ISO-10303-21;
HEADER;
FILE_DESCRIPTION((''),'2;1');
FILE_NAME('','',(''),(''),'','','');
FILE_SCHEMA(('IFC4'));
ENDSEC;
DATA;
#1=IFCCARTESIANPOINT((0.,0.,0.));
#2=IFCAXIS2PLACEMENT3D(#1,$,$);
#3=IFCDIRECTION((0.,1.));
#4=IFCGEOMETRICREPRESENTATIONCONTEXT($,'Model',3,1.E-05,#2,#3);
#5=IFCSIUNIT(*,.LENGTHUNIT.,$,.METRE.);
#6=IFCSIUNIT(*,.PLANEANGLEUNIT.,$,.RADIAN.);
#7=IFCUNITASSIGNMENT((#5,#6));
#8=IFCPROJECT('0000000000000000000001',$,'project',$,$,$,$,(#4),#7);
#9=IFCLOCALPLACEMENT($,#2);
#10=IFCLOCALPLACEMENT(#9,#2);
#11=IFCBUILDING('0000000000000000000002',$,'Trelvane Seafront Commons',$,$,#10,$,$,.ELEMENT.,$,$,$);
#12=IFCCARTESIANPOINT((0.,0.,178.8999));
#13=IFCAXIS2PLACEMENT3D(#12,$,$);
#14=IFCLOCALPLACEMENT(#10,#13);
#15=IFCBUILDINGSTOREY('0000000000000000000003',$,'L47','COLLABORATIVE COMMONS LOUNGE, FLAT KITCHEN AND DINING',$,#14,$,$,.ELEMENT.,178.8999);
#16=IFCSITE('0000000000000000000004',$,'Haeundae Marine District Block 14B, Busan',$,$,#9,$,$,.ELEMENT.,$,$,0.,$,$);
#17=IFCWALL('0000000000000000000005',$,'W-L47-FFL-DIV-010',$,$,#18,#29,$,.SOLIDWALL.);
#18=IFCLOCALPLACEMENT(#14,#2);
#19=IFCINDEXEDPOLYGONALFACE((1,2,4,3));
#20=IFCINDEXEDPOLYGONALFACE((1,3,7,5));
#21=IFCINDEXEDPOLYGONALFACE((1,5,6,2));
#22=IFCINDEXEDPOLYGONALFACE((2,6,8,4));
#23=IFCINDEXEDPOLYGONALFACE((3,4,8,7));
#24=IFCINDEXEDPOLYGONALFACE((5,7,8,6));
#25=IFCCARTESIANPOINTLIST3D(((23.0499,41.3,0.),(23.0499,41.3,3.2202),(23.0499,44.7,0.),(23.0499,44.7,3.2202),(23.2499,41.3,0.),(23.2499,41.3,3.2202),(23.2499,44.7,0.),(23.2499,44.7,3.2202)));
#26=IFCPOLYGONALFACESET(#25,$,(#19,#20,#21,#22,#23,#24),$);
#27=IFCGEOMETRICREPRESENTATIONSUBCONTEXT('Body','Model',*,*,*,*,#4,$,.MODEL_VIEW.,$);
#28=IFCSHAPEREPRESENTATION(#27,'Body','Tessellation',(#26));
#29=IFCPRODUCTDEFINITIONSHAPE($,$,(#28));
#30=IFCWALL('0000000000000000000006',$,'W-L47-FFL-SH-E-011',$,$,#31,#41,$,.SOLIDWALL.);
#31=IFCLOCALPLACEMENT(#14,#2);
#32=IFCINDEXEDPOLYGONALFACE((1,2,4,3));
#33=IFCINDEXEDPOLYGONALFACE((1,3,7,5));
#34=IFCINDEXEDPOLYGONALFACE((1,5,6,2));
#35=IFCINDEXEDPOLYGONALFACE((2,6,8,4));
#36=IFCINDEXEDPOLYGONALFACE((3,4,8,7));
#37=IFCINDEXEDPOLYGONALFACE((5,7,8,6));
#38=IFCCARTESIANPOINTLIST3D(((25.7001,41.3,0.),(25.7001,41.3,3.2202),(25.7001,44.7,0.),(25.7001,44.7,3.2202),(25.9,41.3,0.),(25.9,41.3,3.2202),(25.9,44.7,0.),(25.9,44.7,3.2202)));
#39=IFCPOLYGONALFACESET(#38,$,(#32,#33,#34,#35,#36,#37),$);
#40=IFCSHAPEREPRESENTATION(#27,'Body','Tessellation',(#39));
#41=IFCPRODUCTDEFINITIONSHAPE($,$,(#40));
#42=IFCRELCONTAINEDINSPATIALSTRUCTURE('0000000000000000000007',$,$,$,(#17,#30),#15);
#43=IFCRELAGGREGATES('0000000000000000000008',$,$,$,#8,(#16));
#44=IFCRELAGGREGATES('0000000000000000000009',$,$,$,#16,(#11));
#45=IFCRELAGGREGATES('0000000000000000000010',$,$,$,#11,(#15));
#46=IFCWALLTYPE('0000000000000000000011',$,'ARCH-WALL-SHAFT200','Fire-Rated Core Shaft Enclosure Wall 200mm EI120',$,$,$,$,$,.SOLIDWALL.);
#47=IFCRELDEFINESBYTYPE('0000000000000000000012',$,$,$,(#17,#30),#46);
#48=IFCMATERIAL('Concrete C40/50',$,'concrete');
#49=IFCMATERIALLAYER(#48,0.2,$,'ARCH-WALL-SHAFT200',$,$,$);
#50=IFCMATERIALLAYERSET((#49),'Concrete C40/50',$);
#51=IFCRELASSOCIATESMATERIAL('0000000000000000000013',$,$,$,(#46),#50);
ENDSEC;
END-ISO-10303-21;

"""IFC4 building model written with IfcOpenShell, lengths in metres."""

from ifc_helpers import new_model, si_unit, direction, frame, frame_2d, origin, place, context, subcontext, project, spatial, rectangle, extrude, material, layer, layer_set, type_object, element, save


model = new_model("IFC4")

# Units and contexts
model_context = context("Model", 3, precision=1e-05, world=origin(), true_north=direction((0.0, 1.0)))
body_context = subcontext(model_context, "Body", "Model", "MODEL_VIEW")
ifc_project = project(units=[si_unit("LENGTHUNIT", "METRE"), si_unit("PLANEANGLEUNIT", "RADIAN")], contexts=[model_context])

# Site, building, storey
site_placement = place(None, origin())
site = spatial("IfcSite", under=ifc_project, at=site_placement, Name="Haeundae Marine District Block 14B, Busan", CompositionType="ELEMENT", RefElevation=0.0)
building_placement = place(site_placement, origin())
building = spatial("IfcBuilding", under=site, at=building_placement, Name="Trelvane Seafront Commons", CompositionType="ELEMENT")
storey_placement = place(building_placement, frame((0.0, 0.0, 178.8999)))
storey = spatial("IfcBuildingStorey", under=building, at=storey_placement, Name="L47", Description="COLLABORATIVE COMMONS LOUNGE, FLAT KITCHEN AND DINING", CompositionType="ELEMENT", Elevation=178.8999)

# Shared definitions
ifc_material_1 = material(Name="Concrete C40/50", Category="concrete")
ifc_layer_1 = layer(ifc_material_1, 0.2, Name="ARCH-WALL-SHAFT200")
ifc_layer_set_1 = layer_set([ifc_layer_1], Name="Concrete C40/50")
wall_type_1 = type_object("IfcWallType", Name="ARCH-WALL-SHAFT200", Description="Fire-Rated Core Shaft Enclosure Wall 200mm EI120", PredefinedType="SOLIDWALL", material=ifc_layer_set_1)

# Walls
for number, where, z_axis, x_axis, name in (
    (1, (23.1499, 41.3, 0.0), (0.0, 0.0, 1.0), (0.0, 1.0, 0.0), "W-L47-FFL-DIV-010"),
    (2, (25.8, 41.3, 0.0), (0.0, 0.0, 1.0), (0.0, 1.0, 0.0), "W-L47-FFL-SH-E-011"),
):
    element("IfcWall", number, at=place(storey_placement, frame(where, z_axis=z_axis, x_axis=x_axis)), inside=storey, type_object=wall_type_1, Name=name, PredefinedType="SOLIDWALL", context=body_context, shape_type="SweptSolid", body=[
        extrude(rectangle(XDim=3.3999, YDim=0.2, at=frame_2d((1.7, 0.0))), origin(), (0.0, 0.0, 1.0), 3.2202),
    ])

save(model, "model.ifc")
